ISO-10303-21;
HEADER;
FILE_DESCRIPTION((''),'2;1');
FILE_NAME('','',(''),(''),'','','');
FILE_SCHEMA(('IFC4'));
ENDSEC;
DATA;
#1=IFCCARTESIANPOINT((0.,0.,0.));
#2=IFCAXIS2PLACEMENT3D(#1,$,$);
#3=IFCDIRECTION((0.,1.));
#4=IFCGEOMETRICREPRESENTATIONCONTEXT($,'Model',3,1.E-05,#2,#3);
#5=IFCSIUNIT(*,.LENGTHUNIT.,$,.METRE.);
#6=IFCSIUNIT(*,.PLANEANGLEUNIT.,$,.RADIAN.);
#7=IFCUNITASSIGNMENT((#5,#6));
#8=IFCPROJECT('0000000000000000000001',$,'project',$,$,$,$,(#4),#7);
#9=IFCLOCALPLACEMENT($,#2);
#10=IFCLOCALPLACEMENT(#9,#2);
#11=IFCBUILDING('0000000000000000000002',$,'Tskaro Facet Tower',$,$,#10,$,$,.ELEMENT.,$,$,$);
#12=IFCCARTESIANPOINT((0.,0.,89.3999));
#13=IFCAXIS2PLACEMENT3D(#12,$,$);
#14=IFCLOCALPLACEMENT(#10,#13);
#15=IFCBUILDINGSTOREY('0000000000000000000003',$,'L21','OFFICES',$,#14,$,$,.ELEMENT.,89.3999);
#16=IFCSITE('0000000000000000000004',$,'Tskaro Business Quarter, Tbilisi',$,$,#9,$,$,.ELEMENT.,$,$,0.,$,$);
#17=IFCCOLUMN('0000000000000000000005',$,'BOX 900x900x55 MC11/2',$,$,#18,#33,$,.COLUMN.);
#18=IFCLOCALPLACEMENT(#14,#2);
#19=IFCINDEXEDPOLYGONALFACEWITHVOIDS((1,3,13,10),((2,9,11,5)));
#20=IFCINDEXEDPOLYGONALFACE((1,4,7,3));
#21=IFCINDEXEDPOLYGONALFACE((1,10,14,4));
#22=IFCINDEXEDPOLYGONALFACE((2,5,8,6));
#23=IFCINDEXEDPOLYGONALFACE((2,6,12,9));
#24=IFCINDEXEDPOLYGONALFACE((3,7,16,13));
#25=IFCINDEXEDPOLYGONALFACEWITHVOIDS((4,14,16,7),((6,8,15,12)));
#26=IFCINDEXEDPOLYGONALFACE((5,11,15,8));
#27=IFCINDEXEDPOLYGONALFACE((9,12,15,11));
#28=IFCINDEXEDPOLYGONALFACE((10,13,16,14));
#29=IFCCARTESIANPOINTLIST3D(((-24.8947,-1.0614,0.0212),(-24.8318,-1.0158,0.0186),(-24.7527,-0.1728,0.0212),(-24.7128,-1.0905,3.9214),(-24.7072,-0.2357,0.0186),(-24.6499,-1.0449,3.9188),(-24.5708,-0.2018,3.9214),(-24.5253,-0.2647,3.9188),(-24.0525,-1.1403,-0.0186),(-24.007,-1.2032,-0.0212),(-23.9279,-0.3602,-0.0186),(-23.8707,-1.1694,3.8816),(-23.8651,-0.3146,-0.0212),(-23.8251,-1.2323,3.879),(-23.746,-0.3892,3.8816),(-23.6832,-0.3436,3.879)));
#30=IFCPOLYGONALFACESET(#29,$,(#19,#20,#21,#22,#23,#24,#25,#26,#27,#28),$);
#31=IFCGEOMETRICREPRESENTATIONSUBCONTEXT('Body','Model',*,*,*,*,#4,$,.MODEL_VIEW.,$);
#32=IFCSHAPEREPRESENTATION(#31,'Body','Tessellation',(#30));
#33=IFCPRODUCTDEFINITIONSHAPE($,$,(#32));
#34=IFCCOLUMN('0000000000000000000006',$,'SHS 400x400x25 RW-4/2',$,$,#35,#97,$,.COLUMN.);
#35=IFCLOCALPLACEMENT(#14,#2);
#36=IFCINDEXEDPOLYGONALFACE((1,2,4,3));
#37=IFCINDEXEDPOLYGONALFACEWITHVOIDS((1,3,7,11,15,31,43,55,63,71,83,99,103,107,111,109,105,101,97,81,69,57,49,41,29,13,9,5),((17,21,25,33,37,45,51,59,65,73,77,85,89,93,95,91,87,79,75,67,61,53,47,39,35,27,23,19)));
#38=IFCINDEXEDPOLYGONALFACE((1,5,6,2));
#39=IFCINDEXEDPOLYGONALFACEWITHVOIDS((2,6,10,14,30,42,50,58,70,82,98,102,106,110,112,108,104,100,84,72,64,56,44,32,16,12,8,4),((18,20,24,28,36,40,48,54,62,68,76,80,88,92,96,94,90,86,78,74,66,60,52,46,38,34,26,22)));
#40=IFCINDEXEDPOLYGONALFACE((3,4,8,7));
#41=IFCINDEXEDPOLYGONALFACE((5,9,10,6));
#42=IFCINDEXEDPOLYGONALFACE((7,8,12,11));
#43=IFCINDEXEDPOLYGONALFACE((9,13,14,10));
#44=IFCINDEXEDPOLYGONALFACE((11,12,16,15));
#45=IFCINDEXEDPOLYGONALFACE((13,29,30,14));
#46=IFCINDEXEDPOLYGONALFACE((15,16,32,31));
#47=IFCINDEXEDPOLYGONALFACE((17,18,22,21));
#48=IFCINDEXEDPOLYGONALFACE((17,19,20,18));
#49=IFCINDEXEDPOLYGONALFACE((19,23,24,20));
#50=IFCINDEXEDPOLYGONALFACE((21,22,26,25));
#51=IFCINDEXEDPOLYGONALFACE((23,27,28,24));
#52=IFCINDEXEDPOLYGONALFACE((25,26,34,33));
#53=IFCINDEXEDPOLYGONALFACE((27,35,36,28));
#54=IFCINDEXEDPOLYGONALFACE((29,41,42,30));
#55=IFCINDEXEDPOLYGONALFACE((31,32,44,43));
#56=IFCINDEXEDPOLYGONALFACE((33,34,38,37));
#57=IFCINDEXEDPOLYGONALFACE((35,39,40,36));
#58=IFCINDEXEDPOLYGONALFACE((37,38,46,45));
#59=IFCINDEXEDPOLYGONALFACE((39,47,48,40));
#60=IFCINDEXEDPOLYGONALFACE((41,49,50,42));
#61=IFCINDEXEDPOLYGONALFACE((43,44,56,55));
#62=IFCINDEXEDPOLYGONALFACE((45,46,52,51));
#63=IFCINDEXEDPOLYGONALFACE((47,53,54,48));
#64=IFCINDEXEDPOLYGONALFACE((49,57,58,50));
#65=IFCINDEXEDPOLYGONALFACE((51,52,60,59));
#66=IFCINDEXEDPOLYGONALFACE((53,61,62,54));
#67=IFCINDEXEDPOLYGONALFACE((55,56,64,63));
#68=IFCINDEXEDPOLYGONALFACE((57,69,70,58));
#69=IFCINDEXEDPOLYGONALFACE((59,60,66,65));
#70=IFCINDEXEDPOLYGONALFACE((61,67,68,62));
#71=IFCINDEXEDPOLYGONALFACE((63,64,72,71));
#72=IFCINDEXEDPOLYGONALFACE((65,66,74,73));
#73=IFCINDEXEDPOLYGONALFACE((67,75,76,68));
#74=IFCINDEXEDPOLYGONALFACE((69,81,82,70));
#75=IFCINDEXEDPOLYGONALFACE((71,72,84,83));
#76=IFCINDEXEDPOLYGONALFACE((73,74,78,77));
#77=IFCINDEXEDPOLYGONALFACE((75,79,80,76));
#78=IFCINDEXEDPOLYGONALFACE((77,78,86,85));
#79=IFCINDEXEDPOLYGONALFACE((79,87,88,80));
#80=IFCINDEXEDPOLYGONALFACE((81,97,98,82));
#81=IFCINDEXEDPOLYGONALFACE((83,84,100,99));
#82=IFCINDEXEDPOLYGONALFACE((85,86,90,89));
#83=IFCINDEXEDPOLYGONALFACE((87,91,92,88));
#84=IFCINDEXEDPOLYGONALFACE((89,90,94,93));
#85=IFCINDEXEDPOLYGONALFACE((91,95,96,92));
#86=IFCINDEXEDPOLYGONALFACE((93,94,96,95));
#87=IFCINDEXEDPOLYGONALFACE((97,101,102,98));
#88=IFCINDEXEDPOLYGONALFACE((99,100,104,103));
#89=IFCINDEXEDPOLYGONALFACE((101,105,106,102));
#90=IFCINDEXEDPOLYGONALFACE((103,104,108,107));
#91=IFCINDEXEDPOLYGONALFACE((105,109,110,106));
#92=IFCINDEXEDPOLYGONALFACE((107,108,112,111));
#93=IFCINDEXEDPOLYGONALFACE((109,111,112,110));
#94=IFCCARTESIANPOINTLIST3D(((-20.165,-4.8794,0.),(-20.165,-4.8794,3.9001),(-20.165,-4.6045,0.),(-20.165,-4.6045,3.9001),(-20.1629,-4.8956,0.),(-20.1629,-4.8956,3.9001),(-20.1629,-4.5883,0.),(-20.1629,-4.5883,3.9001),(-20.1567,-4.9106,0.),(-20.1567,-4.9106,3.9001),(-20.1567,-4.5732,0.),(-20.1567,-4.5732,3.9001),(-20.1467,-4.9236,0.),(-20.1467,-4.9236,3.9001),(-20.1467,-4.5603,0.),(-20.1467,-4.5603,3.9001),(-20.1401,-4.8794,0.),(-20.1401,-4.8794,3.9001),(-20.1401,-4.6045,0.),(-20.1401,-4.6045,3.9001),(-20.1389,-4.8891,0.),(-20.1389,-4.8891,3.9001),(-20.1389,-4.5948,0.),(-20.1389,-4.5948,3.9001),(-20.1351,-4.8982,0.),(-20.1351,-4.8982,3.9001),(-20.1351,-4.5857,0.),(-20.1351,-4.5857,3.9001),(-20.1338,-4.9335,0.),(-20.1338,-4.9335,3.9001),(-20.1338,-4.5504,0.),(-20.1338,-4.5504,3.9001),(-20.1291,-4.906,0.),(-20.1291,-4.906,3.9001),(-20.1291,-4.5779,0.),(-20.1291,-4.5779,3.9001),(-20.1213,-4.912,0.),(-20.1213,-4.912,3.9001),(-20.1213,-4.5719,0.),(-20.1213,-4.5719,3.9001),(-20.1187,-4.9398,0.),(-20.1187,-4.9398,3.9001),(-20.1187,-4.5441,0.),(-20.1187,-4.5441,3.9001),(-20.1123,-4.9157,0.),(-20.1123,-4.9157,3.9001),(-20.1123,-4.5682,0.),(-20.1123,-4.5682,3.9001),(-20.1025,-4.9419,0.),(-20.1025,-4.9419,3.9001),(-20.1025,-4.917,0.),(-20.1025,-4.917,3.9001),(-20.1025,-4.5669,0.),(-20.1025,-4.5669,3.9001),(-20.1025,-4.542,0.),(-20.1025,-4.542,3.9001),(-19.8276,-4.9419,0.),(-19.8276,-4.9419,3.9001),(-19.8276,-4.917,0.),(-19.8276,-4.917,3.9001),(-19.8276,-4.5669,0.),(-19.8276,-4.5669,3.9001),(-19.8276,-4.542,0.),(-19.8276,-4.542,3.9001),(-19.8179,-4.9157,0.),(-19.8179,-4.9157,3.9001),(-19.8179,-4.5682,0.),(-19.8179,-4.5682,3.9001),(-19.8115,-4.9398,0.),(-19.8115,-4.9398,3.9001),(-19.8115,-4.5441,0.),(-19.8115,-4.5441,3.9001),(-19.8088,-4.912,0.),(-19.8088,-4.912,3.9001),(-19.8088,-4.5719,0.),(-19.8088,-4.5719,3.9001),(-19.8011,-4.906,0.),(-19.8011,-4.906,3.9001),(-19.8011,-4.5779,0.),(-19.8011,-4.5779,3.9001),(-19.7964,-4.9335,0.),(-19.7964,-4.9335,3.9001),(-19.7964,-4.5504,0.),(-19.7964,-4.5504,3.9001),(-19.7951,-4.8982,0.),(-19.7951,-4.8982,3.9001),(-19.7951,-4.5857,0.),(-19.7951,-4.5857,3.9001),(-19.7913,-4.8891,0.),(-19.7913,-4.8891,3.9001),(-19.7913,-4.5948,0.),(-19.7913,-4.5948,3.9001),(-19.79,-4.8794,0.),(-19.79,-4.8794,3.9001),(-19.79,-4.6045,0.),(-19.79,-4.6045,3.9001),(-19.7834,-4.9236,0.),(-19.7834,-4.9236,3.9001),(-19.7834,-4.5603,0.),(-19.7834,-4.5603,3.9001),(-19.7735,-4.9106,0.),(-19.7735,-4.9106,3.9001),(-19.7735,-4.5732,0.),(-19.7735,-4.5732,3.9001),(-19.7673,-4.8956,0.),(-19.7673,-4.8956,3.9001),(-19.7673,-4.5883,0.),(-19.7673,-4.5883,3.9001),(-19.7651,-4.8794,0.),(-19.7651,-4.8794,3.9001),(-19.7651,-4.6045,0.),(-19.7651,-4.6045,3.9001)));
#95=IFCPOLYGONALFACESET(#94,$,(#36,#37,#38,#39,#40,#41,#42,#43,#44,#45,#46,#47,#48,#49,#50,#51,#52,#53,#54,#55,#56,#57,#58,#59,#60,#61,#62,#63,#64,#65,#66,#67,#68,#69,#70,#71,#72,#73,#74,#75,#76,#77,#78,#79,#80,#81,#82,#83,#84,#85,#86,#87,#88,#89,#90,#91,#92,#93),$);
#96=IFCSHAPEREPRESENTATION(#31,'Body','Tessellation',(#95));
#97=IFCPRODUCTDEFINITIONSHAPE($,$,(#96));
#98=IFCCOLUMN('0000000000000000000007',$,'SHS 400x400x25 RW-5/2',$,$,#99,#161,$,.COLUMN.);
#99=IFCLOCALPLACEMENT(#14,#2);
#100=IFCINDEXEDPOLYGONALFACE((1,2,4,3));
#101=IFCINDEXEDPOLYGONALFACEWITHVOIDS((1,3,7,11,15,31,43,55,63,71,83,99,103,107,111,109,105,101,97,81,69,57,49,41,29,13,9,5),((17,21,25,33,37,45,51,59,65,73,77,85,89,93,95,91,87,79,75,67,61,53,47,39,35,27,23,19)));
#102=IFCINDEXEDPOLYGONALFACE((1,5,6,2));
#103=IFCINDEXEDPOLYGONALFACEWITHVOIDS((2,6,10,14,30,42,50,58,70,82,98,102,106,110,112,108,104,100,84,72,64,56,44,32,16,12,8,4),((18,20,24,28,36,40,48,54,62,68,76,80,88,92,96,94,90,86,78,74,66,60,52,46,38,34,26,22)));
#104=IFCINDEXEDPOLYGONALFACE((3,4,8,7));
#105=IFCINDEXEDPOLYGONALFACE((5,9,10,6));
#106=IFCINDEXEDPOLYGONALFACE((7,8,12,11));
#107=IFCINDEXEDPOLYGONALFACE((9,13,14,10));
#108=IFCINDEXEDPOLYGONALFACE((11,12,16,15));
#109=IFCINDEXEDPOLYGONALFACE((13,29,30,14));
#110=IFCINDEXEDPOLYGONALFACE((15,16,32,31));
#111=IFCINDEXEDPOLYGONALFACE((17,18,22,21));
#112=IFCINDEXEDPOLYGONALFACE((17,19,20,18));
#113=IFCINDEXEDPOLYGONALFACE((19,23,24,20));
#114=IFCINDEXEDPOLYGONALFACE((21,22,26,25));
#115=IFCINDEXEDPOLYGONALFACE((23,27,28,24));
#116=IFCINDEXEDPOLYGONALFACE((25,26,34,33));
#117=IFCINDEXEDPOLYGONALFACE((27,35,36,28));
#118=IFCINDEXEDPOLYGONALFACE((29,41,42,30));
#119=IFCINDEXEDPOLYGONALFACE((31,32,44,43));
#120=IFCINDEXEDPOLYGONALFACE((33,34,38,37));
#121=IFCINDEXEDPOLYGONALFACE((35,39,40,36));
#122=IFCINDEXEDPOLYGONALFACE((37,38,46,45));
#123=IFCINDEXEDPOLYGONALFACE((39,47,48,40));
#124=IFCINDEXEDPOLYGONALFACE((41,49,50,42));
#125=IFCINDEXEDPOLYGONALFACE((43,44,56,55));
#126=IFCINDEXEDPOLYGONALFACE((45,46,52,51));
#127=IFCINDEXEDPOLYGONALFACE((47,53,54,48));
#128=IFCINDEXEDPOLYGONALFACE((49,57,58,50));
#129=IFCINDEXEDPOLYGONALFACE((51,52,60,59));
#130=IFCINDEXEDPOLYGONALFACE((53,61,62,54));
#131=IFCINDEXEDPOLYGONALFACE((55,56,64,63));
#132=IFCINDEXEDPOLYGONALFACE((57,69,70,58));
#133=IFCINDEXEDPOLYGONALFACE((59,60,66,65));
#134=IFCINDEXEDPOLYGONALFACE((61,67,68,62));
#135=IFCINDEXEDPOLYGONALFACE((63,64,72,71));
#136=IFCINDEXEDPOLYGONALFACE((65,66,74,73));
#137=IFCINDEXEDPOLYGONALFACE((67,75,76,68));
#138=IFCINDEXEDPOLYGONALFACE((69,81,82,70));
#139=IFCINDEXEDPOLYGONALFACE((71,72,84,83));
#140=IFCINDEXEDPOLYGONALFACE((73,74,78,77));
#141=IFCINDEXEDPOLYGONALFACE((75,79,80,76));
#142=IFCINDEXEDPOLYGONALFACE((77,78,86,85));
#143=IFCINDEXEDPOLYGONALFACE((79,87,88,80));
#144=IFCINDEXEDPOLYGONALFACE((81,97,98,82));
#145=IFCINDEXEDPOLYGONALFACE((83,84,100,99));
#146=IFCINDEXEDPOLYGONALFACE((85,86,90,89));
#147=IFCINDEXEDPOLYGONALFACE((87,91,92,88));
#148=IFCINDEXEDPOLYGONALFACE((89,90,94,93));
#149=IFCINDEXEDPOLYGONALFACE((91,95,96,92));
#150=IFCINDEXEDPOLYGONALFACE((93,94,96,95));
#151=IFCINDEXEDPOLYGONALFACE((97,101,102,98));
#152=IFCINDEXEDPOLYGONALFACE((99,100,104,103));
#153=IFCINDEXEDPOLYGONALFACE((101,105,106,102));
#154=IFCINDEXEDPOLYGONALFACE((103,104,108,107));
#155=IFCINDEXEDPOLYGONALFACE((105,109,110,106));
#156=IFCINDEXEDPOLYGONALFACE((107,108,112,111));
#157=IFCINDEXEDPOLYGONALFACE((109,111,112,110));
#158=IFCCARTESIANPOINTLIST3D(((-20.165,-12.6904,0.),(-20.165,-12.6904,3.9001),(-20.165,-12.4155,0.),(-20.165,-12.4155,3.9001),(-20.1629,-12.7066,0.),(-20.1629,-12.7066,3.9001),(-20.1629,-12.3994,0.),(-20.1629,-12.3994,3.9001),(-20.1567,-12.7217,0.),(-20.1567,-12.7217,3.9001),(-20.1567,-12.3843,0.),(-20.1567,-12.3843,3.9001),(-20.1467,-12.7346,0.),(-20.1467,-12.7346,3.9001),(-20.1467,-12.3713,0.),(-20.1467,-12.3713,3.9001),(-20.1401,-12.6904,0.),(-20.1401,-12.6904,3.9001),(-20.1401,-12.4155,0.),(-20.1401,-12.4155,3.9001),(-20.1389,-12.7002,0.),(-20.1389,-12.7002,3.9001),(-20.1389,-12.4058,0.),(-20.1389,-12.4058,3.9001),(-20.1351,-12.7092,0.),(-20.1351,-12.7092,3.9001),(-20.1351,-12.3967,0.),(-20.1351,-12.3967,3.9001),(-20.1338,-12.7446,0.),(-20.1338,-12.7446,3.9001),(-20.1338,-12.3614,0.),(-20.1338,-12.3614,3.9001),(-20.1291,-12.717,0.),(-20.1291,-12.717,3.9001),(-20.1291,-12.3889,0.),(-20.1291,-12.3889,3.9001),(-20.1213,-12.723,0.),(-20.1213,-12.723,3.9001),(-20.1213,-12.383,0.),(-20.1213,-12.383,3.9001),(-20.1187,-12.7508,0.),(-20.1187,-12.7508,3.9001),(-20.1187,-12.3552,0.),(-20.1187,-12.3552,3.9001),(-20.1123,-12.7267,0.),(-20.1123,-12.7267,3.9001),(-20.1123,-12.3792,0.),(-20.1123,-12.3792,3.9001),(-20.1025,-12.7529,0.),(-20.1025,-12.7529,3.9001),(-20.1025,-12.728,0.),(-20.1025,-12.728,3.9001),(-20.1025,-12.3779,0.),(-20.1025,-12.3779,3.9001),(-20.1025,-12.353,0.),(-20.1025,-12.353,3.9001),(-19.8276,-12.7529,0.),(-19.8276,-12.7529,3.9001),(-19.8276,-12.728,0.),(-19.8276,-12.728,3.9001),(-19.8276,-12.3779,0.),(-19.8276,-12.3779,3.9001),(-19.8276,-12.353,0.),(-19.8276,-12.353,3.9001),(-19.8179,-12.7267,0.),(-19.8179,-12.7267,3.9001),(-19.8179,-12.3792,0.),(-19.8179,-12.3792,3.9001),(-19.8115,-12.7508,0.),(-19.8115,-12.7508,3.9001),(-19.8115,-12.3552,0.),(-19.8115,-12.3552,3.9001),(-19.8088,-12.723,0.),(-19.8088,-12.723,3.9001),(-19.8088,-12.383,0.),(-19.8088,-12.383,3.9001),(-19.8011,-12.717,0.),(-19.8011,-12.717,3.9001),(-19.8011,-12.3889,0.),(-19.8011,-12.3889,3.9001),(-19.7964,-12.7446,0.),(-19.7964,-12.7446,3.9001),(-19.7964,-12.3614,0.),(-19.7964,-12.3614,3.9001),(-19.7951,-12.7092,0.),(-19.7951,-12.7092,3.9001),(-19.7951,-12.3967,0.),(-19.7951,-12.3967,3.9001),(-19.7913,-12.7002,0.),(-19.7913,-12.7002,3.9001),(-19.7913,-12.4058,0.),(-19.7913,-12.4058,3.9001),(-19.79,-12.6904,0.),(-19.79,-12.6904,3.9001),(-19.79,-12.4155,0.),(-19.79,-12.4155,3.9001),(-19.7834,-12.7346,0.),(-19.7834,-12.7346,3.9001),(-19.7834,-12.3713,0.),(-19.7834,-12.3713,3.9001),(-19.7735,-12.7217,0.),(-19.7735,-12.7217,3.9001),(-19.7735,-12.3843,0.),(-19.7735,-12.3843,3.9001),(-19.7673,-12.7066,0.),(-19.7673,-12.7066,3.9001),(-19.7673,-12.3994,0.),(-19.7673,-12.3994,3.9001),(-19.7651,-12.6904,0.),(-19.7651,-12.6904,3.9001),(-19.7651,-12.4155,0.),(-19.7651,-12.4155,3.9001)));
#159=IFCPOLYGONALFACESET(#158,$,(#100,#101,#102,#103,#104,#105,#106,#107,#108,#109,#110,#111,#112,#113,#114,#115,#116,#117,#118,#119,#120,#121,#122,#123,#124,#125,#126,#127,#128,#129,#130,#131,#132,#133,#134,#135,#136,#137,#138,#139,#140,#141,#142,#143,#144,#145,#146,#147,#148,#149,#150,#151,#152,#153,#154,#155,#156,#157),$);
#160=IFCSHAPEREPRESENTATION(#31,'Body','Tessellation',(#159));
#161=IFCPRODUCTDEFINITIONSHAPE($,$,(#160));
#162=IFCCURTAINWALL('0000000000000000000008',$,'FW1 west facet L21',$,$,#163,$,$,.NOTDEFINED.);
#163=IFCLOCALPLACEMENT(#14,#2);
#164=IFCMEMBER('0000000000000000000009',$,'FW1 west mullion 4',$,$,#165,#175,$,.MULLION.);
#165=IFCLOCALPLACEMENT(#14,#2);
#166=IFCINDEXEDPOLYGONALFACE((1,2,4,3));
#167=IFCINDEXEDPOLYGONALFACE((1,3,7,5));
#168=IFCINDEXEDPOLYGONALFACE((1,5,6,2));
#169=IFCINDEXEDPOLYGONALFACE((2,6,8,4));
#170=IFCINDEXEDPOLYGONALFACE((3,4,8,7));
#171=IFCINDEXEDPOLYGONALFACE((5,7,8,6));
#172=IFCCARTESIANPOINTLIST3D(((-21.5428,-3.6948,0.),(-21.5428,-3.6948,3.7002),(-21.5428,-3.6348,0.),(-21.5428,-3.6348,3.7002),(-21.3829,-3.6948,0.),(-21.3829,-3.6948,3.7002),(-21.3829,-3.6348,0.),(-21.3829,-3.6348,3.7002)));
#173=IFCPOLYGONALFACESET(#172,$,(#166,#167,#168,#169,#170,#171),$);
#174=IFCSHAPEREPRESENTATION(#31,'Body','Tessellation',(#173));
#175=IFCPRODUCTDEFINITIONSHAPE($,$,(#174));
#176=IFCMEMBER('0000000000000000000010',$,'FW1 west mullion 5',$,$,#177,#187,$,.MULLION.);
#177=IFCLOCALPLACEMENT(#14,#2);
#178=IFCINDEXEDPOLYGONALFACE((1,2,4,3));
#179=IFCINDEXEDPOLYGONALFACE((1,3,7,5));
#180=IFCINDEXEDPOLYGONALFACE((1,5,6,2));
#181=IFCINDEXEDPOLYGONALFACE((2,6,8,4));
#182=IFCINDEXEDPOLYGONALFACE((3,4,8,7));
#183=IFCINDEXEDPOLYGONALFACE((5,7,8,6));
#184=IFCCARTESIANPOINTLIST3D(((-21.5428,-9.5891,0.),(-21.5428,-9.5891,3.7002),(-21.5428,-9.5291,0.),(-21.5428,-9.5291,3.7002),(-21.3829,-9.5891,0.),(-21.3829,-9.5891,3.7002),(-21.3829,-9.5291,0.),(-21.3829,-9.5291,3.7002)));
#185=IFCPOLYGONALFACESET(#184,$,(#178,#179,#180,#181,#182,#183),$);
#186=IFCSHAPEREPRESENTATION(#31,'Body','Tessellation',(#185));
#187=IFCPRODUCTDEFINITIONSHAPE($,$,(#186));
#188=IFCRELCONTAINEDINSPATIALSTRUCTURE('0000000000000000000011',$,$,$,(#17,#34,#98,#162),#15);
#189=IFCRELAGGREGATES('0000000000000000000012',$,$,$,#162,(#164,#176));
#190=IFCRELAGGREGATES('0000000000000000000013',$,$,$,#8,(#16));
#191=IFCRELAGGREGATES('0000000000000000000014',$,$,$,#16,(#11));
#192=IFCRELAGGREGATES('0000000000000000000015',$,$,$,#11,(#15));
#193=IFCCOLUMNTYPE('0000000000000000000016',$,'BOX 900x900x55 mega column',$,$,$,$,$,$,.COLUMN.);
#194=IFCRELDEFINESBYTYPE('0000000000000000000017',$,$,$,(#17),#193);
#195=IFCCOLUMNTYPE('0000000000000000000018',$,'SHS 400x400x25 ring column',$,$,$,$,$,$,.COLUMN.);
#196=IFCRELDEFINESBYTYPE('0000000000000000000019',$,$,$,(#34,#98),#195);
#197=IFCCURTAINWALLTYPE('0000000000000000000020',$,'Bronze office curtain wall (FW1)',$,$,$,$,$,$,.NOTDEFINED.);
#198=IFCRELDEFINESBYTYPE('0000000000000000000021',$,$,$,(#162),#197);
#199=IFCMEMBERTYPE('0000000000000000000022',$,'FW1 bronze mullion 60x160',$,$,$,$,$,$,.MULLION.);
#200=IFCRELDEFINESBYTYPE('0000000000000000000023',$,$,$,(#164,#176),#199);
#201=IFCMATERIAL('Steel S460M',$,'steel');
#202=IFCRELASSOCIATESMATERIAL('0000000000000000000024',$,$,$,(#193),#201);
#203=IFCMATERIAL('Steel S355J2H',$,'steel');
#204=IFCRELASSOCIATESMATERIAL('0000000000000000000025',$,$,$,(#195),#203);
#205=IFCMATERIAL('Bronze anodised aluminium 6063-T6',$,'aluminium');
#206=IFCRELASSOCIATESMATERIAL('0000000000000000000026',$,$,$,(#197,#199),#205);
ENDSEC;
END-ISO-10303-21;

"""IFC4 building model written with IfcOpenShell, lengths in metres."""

from ifc_helpers import new_model, si_unit, direction, frame, origin, origin_2d, place, context, subcontext, project, spatial, rectangle, hollow_rectangle, extrude, material, material_profile, profile_set, type_object, element, aggregate, save


model = new_model("IFC4")

# Units and contexts
model_context = context("Model", 3, precision=1e-05, world=origin(), true_north=direction((0.0, 1.0)))
body_context = subcontext(model_context, "Body", "Model", "MODEL_VIEW")
ifc_project = project(units=[si_unit("LENGTHUNIT", "METRE"), si_unit("PLANEANGLEUNIT", "RADIAN")], contexts=[model_context])

# Site, building, storey
site_placement = place(None, origin())
site = spatial("IfcSite", under=ifc_project, at=site_placement, Name="Tskaro Business Quarter, Tbilisi", CompositionType="ELEMENT", RefElevation=0.0)
building_placement = place(site_placement, origin())
building = spatial("IfcBuilding", under=site, at=building_placement, Name="Tskaro Facet Tower", CompositionType="ELEMENT")
storey_placement = place(building_placement, frame((0.0, 0.0, 89.3999)))
storey = spatial("IfcBuildingStorey", under=building, at=storey_placement, Name="L21", Description="OFFICES", CompositionType="ELEMENT", Elevation=89.3999)

# Columns
ifc_material_1 = material(Name="Steel S460M", Category="steel")
ifc_material_profile_1 = material_profile(ifc_material_1, hollow_rectangle(XDim=0.8999, YDim=0.8999, WallThickness=0.0549, at=origin_2d()), Name="BOX 900x900x55")
ifc_profile_set_1 = profile_set([ifc_material_profile_1], Name="Steel S460M")
column_type_1 = type_object("IfcColumnType", Name="BOX 900x900x55 mega column", PredefinedType="COLUMN", material=ifc_profile_set_1)
column_placement = place(storey_placement, frame((-24.3799, -0.688, 0.0), z_axis=(0.046583, -0.007441, 0.998887), x_axis=(0.157732, 0.987482, 0.0)))
element("IfcColumn", 1, at=column_placement, inside=storey, type_object=column_type_1, Name="BOX 900x900x55 MC11/2", PredefinedType="COLUMN", context=body_context, shape_type="SweptSolid", body=[
    extrude(hollow_rectangle(XDim=0.8999, YDim=0.8999, WallThickness=0.0549, at=origin_2d()), origin(), (0.0, 0.0, 1.0), 3.9045),
])
ifc_material_2 = material(Name="Steel S355J2H", Category="steel")
ifc_material_profile_2 = material_profile(ifc_material_2, hollow_rectangle(XDim=0.3999, YDim=0.3999, WallThickness=0.0249, InnerFilletRadius=0.0376, OuterFilletRadius=0.0625, at=origin_2d()), Name="SHS 400x400x25")
ifc_profile_set_2 = profile_set([ifc_material_profile_2], Name="Steel S355J2H")
column_type_2 = type_object("IfcColumnType", Name="SHS 400x400x25 ring column", PredefinedType="COLUMN", material=ifc_profile_set_2)
for number, where, z_axis, x_axis, name in (
    (2, (-19.9651, -4.7419, 0.0), (0.0, 0.0, 1.0), (1.0, 0.0, 0.0), "SHS 400x400x25 RW-4/2"),
    (3, (-19.9651, -12.553, 0.0), (0.0, 0.0, 1.0), (1.0, 0.0, 0.0), "SHS 400x400x25 RW-5/2"),
):
    element("IfcColumn", number, at=place(storey_placement, frame(where, z_axis=z_axis, x_axis=x_axis)), inside=storey, type_object=column_type_2, Name=name, PredefinedType="COLUMN", context=body_context, shape_type="SweptSolid", body=[
        extrude(hollow_rectangle(XDim=0.3999, YDim=0.3999, WallThickness=0.0249, InnerFilletRadius=0.0376, OuterFilletRadius=0.0625, at=origin_2d()), origin(), (0.0, 0.0, 1.0), 3.9001),
    ])

# Curtain wall, members
ifc_material_3 = material(Name="Bronze anodised aluminium 6063-T6", Category="aluminium")
curtain_wall_type = type_object("IfcCurtainWallType", Name="Bronze office curtain wall (FW1)", PredefinedType="NOTDEFINED", material=ifc_material_3)
curtain_wall_placement = place(storey_placement, origin())
curtain_wall = element("IfcCurtainWall", 4, at=curtain_wall_placement, inside=storey, type_object=curtain_wall_type, Name="FW1 west facet L21", PredefinedType="NOTDEFINED")
ifc_material_profile_3 = material_profile(ifc_material_3, rectangle(XDim=0.0601, YDim=0.1599, at=origin_2d()), Name="Mullion 60x160")
ifc_profile_set_3 = profile_set([ifc_material_profile_3], Name="Bronze anodised aluminium 6063-T6")
member_type_1 = type_object("IfcMemberType", Name="FW1 bronze mullion 60x160", PredefinedType="MULLION", material=ifc_profile_set_3)
member_1_placement = place(storey_placement, frame((-21.4629, -3.6648, 0.0), z_axis=(0.0, 0.0, 1.0), x_axis=(0.0, -1.0, 0.0)))
member_1 = element("IfcMember", 5, at=member_1_placement, type_object=member_type_1, Name="FW1 west mullion 4", PredefinedType="MULLION", context=body_context, shape_type="SweptSolid", body=[
    extrude(rectangle(XDim=0.0601, YDim=0.1599, at=origin_2d()), origin(), (0.0, 0.0, 1.0), 3.7002),
])
member_2_placement = place(storey_placement, frame((-21.4629, -9.5591, 0.0), z_axis=(0.0, 0.0, 1.0), x_axis=(0.0, -1.0, 0.0)))
member_2 = element("IfcMember", 6, at=member_2_placement, type_object=member_type_1, Name="FW1 west mullion 5", PredefinedType="MULLION", context=body_context, shape_type="SweptSolid", body=[
    extrude(rectangle(XDim=0.0601, YDim=0.1599, at=origin_2d()), origin(), (0.0, 0.0, 1.0), 3.7002),
])

aggregate(curtain_wall, [member_1, member_2])

save(model, "model.ifc")
